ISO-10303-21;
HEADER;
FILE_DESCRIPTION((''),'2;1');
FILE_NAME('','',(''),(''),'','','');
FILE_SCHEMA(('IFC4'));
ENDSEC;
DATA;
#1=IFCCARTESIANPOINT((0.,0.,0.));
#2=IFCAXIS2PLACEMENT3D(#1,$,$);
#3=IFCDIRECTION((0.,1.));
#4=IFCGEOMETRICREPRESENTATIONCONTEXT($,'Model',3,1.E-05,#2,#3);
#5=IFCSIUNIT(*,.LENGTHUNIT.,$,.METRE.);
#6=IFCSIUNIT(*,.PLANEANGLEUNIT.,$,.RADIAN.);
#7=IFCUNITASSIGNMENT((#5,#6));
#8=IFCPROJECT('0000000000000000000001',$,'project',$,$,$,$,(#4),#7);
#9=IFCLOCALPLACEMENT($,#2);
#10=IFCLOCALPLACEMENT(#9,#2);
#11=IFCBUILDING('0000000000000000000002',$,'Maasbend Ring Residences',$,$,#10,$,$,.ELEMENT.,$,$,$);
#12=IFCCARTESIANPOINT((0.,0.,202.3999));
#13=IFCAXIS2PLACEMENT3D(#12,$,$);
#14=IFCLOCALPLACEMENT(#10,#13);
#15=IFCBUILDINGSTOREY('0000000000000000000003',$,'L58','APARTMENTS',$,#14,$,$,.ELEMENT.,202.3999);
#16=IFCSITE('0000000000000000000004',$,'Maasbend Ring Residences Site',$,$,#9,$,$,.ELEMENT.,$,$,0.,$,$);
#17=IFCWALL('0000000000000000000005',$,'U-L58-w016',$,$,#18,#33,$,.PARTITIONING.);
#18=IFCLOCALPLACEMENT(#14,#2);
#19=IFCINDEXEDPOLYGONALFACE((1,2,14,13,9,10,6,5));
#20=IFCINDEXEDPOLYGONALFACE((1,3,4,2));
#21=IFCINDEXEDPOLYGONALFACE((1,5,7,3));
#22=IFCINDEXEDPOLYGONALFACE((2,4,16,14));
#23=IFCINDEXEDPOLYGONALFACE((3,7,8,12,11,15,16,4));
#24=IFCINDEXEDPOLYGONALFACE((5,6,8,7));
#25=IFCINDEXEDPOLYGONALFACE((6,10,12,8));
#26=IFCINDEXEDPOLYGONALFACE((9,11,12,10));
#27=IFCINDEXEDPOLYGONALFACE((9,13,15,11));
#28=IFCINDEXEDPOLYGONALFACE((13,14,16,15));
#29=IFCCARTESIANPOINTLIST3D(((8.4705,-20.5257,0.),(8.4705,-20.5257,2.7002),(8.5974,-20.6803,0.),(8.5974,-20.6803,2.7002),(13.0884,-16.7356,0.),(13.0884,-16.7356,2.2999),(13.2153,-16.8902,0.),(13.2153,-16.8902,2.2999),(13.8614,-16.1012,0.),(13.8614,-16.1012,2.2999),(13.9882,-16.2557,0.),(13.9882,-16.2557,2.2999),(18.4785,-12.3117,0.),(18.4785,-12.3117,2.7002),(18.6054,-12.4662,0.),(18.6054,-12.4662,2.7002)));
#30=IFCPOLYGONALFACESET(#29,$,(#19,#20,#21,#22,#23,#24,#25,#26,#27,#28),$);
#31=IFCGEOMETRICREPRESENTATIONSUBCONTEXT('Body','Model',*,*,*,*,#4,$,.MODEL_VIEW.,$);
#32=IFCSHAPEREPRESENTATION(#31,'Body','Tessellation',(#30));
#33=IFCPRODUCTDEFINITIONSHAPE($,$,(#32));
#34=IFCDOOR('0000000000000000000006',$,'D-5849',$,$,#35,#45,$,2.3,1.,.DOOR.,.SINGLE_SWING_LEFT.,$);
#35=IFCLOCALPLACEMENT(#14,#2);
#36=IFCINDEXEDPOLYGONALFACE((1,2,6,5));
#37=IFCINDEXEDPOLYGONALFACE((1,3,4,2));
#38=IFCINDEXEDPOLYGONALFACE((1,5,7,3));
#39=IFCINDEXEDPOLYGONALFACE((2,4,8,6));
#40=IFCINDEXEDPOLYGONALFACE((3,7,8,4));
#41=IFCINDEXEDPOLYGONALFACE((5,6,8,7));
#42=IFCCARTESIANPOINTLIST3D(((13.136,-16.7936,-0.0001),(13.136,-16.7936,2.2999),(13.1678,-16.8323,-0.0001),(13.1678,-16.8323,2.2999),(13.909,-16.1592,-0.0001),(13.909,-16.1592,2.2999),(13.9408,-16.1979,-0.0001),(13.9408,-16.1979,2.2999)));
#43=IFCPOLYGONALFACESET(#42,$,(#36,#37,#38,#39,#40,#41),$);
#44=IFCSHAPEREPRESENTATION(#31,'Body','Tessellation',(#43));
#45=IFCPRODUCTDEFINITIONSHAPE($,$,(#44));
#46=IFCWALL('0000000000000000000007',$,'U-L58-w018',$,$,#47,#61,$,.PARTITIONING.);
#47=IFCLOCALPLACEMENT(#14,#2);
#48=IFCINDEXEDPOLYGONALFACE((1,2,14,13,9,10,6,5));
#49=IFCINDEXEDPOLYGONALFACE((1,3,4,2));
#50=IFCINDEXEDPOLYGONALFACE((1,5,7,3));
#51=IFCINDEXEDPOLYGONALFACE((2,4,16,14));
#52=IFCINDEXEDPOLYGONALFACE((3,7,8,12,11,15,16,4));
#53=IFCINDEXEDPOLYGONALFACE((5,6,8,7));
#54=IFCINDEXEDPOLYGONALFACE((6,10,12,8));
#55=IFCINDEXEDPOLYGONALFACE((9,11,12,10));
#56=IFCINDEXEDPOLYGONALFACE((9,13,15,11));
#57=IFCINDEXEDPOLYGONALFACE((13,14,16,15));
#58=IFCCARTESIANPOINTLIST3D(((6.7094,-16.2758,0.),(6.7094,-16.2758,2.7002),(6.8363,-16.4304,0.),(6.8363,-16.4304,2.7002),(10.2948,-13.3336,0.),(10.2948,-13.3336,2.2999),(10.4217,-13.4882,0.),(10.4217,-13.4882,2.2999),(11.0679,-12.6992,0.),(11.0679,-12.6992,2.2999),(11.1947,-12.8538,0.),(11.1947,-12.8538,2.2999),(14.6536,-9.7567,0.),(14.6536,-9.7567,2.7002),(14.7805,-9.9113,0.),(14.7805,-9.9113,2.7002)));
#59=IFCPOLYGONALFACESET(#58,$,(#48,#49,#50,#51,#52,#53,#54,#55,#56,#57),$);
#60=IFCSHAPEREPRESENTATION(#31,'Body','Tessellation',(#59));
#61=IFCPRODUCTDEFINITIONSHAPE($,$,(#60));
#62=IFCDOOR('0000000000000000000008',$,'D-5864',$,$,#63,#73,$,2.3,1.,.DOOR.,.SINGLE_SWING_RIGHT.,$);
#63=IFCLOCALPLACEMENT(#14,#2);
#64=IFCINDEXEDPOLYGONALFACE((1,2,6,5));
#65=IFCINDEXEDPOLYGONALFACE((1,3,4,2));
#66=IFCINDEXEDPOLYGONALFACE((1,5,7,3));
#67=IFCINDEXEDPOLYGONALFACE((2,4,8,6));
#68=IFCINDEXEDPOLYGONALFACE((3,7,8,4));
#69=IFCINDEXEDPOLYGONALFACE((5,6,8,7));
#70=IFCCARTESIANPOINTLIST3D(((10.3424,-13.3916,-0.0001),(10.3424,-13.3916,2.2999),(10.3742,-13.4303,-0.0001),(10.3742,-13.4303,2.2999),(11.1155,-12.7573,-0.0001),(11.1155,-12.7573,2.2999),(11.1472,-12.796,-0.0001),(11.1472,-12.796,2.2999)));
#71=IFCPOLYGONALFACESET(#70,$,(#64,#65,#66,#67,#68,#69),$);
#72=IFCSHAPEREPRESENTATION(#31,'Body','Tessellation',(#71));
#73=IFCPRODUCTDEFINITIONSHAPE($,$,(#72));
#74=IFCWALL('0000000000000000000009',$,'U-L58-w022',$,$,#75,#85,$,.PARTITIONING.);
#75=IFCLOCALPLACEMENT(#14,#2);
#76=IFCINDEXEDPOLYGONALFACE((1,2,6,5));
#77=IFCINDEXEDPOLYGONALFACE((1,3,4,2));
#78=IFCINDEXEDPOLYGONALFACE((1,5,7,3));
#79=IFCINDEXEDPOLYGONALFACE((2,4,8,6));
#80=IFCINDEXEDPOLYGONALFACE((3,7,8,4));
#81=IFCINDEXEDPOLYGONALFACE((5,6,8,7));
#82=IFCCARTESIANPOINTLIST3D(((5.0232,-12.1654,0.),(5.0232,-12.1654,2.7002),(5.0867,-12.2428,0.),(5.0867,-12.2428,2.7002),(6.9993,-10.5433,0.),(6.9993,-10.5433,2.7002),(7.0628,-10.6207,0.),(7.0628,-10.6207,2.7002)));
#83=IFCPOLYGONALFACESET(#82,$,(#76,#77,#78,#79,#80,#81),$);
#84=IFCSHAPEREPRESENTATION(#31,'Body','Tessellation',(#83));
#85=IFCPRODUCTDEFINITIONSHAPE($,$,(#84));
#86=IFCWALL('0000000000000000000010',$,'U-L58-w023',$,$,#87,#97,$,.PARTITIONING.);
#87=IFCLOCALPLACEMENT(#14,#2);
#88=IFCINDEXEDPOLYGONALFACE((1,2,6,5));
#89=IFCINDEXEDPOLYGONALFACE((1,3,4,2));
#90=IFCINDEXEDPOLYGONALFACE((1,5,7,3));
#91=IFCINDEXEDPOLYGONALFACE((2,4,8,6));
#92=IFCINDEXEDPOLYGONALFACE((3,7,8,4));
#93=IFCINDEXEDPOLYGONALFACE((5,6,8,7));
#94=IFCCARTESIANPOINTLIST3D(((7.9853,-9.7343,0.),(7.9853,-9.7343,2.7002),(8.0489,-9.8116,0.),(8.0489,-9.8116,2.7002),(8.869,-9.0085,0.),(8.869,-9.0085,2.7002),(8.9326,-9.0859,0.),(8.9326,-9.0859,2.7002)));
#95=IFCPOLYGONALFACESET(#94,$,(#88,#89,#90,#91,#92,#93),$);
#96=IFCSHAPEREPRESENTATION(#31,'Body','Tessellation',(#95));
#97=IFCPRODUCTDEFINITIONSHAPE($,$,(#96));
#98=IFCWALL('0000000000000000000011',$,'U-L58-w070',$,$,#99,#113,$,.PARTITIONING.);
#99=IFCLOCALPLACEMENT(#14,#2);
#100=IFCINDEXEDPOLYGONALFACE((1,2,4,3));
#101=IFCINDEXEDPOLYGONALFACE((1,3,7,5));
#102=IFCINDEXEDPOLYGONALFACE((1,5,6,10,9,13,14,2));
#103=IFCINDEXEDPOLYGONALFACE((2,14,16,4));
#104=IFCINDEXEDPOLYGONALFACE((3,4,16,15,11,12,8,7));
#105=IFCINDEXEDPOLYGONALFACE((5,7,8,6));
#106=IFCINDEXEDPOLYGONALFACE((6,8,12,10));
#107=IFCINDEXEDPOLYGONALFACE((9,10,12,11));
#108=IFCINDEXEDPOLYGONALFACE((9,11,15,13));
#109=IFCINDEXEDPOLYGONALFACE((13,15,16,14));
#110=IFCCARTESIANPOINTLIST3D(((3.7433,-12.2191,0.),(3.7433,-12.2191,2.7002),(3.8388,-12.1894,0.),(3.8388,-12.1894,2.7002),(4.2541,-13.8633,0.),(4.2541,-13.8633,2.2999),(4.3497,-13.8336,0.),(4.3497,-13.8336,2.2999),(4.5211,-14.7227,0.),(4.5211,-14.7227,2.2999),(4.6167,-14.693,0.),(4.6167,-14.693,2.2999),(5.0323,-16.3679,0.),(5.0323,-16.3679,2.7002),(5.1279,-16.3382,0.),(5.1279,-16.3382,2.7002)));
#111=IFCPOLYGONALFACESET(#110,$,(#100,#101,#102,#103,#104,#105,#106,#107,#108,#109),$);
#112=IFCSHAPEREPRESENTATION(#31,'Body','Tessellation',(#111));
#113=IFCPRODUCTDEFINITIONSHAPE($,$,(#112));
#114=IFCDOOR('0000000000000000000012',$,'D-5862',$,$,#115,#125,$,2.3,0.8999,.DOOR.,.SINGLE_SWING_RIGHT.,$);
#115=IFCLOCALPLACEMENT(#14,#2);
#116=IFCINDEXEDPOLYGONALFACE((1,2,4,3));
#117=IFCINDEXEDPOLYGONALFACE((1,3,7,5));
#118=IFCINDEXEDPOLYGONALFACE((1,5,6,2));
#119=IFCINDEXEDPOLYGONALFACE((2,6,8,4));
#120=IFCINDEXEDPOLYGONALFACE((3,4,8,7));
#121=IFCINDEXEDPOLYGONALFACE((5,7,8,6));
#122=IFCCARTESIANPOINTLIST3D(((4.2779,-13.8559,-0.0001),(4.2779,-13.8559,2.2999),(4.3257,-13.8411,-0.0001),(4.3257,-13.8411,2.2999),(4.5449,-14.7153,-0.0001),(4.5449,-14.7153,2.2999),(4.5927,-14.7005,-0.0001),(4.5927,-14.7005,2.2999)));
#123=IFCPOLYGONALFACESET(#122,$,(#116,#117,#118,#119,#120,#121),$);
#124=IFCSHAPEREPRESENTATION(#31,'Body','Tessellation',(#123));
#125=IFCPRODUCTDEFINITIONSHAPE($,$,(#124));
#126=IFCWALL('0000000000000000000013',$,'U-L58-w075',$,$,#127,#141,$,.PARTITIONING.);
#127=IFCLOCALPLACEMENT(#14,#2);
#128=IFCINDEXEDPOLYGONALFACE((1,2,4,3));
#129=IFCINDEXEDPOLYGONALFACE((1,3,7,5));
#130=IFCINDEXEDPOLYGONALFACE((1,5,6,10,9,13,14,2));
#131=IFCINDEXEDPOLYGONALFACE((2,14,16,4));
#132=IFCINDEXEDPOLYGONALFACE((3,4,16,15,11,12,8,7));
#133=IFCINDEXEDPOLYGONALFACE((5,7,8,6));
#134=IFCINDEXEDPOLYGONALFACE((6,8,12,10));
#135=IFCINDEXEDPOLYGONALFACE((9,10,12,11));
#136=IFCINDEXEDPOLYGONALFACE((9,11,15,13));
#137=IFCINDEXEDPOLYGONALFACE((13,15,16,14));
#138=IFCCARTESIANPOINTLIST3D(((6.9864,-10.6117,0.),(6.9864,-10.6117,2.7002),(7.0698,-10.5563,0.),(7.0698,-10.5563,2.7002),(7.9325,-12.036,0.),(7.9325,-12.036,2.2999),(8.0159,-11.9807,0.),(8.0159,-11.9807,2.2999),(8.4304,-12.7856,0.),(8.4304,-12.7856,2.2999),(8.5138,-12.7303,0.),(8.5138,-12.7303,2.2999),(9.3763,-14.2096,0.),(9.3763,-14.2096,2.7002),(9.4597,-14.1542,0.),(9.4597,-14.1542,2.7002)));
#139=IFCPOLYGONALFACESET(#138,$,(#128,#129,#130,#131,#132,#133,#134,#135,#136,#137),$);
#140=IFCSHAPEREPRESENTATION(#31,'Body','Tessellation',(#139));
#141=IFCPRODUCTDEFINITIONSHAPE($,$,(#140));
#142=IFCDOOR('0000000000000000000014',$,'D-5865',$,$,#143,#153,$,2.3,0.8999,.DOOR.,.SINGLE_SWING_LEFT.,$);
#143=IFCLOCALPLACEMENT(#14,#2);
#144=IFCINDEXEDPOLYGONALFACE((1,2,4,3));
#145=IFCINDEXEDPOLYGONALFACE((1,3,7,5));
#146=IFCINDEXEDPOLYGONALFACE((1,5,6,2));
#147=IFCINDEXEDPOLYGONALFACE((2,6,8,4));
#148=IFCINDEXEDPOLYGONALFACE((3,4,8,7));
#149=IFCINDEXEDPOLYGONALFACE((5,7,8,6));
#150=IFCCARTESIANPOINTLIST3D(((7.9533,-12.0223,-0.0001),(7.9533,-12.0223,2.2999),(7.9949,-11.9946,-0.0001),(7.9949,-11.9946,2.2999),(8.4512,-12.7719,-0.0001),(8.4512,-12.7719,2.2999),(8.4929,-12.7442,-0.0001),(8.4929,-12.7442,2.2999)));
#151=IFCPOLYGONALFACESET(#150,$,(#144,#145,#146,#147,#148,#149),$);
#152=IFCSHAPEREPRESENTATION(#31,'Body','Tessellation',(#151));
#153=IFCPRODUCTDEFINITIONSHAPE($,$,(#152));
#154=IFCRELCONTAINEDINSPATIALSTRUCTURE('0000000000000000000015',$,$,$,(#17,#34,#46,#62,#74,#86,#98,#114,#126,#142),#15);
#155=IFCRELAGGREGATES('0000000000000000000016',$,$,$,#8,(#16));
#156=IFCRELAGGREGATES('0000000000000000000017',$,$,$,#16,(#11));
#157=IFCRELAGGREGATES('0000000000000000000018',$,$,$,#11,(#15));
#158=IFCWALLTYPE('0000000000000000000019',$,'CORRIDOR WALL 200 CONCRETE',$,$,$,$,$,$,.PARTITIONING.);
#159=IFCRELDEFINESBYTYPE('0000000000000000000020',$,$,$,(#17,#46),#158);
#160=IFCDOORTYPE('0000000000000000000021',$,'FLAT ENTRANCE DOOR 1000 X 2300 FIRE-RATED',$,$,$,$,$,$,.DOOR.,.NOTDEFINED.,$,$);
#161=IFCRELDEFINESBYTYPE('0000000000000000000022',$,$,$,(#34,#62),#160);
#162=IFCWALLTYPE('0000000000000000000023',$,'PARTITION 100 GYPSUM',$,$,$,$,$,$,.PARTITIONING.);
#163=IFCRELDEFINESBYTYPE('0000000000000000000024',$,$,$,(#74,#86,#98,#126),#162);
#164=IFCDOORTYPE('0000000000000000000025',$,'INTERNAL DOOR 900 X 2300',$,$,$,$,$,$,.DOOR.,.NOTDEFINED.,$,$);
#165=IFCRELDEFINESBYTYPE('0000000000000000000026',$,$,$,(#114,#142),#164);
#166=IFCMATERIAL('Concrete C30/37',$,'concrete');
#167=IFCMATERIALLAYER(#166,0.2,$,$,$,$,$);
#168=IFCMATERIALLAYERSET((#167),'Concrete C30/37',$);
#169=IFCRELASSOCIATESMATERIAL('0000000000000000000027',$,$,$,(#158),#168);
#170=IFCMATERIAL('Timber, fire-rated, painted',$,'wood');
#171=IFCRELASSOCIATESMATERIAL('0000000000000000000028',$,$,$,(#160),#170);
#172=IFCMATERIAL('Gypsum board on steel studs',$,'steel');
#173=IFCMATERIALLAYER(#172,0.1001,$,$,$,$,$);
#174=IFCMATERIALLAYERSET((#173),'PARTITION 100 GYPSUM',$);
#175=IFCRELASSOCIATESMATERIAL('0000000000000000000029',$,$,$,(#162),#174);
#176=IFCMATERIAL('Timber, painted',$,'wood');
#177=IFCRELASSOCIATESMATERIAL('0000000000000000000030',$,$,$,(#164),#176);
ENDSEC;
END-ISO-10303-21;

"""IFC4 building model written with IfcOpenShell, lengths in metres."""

from ifc_helpers import new_model, si_unit, direction, frame, frame_2d, origin, place, context, subcontext, project, spatial, rectangle, extrude, material, layer, layer_set, type_object, element, fill, save


model = new_model("IFC4")

# Units and contexts
model_context = context("Model", 3, precision=1e-05, world=origin(), true_north=direction((0.0, 1.0)))
body_context = subcontext(model_context, "Body", "Model", "MODEL_VIEW")
ifc_project = project(units=[si_unit("LENGTHUNIT", "METRE"), si_unit("PLANEANGLEUNIT", "RADIAN")], contexts=[model_context])

# Site, building, storey
site_placement = place(None, origin())
site = spatial("IfcSite", under=ifc_project, at=site_placement, Name="Maasbend Ring Residences Site", CompositionType="ELEMENT", RefElevation=0.0)
building_placement = place(site_placement, origin())
building = spatial("IfcBuilding", under=site, at=building_placement, Name="Maasbend Ring Residences", CompositionType="ELEMENT")
storey_placement = place(building_placement, frame((0.0, 0.0, 202.3999)))
storey = spatial("IfcBuildingStorey", under=building, at=storey_placement, Name="L58", Description="APARTMENTS", CompositionType="ELEMENT", Elevation=202.3999)

# Walls, openings, doors
ifc_material_1 = material(Name="Concrete C30/37", Category="concrete")
ifc_layer_1 = layer(ifc_material_1, 0.2)
ifc_layer_set_1 = layer_set([ifc_layer_1], Name="Concrete C30/37")
wall_type_1 = type_object("IfcWallType", Name="CORRIDOR WALL 200 CONCRETE", PredefinedType="PARTITIONING", material=ifc_layer_set_1)
wall_1_placement = place(storey_placement, frame((8.5339, -20.603, 0.0), z_axis=(0.0, 0.0, 1.0), x_axis=(0.772984, 0.634426, 0.0)))
wall_1 = element("IfcWall", 1, at=wall_1_placement, inside=storey, type_object=wall_type_1, Name="U-L58-w016", PredefinedType="PARTITIONING", context=body_context, shape_type="SweptSolid", body=[
    extrude(rectangle(XDim=12.9473, YDim=0.2, at=frame_2d((6.4736, 0.0))), origin(), (0.0, 0.0, 1.0), 2.7002),
])
opening_1_placement = place(wall_1_placement, frame((5.9741, 0.0, 0.0)))
opening_1 = element("IfcOpeningElement", 2, at=opening_1_placement, cuts=wall_1, PredefinedType="OPENING", context=body_context, shape_type="SweptSolid", body=[
    extrude(rectangle(XDim=1.0, YDim=2.3, at=frame_2d((0.5, 1.1499))), frame((0.0, 0.1099, 0.0), z_axis=(0.0, -1.0, 0.0), x_axis=(1.0, 0.0, 0.0)), (0.0, 0.0, 1.0), 0.22),
])
ifc_material_2 = material(Name="Timber, fire-rated, painted", Category="wood")
door_type_1 = type_object("IfcDoorType", Name="FLAT ENTRANCE DOOR 1000 X 2300 FIRE-RATED", OperationType="NOTDEFINED", PredefinedType="DOOR", material=ifc_material_2)
door_1_placement = place(opening_1_placement, origin())
door_1 = element("IfcDoor", 3, at=door_1_placement, inside=storey, type_object=door_type_1, Name="D-5849", OperationType="SINGLE_SWING_LEFT", OverallHeight=2.3, OverallWidth=1.0, PredefinedType="DOOR", context=body_context, shape_type="SweptSolid", body=[
    extrude(rectangle(XDim=1.0, YDim=2.3, at=frame_2d((0.5, 1.1499))), frame((0.0, 0.0249, 0.0), z_axis=(0.0, -1.0, 0.0), x_axis=(1.0, 0.0, 0.0)), (0.0, 0.0, 1.0), 0.05),
])
fill(opening_1, door_1)
wall_2_placement = place(storey_placement, frame((6.7729, -16.353, 0.0), z_axis=(0.0, 0.0, 1.0), x_axis=(0.773035, 0.634364, 0.0)))
wall_2 = element("IfcWall", 4, at=wall_2_placement, inside=storey, type_object=wall_type_1, Name="U-L58-w018", PredefinedType="PARTITIONING", context=body_context, shape_type="SweptSolid", body=[
    extrude(rectangle(XDim=10.2766, YDim=0.2, at=frame_2d((5.1382, 0.0))), origin(), (0.0, 0.0, 1.0), 2.7002),
])
opening_2_placement = place(wall_2_placement, frame((4.6379, 0.0, 0.0)))
opening_2 = element("IfcOpeningElement", 5, at=opening_2_placement, cuts=wall_2, PredefinedType="OPENING", context=body_context, shape_type="SweptSolid", body=[
    extrude(rectangle(XDim=1.0, YDim=2.3, at=frame_2d((0.5, 1.1499))), frame((0.0, 0.1099, 0.0), z_axis=(0.0, -1.0, 0.0), x_axis=(1.0, 0.0, 0.0)), (0.0, 0.0, 1.0), 0.22),
])
door_2_placement = place(opening_2_placement, origin())
door_2 = element("IfcDoor", 6, at=door_2_placement, inside=storey, type_object=door_type_1, Name="D-5864", OperationType="SINGLE_SWING_RIGHT", OverallHeight=2.3, OverallWidth=1.0, PredefinedType="DOOR", context=body_context, shape_type="SweptSolid", body=[
    extrude(rectangle(XDim=1.0, YDim=2.3, at=frame_2d((0.5, 1.1499))), frame((0.0, 0.0249, 0.0), z_axis=(0.0, -1.0, 0.0), x_axis=(1.0, 0.0, 0.0)), (0.0, 0.0, 1.0), 0.05),
])
fill(opening_2, door_2)

# Walls
ifc_material_3 = material(Name="Gypsum board on steel studs", Category="steel")
ifc_layer_2 = layer(ifc_material_3, 0.1001)
ifc_layer_set_2 = layer_set([ifc_layer_2], Name="PARTITION 100 GYPSUM")
wall_type_2 = type_object("IfcWallType", Name="PARTITION 100 GYPSUM", PredefinedType="PARTITIONING", material=ifc_layer_set_2)
wall_3_placement = place(storey_placement, frame((5.0549, -12.2041, 0.0), z_axis=(0.0, 0.0, 1.0), x_axis=(0.772944, 0.634475, 0.0)))
element("IfcWall", 7, at=wall_3_placement, inside=storey, type_object=wall_type_2, Name="U-L58-w022", PredefinedType="PARTITIONING", context=body_context, shape_type="SweptSolid", body=[
    extrude(rectangle(XDim=2.5566, YDim=0.1001, at=frame_2d((1.2783, 0.0))), origin(), (0.0, 0.0, 1.0), 2.7002),
])
wall_4_placement = place(storey_placement, frame((8.0171, -9.7729, 0.0), z_axis=(0.0, 0.0, 1.0), x_axis=(0.772786, 0.634667, 0.0)))
element("IfcWall", 8, at=wall_4_placement, inside=storey, type_object=wall_type_2, Name="U-L58-w023", PredefinedType="PARTITIONING", context=body_context, shape_type="SweptSolid", body=[
    extrude(rectangle(XDim=1.1436, YDim=0.1001, at=frame_2d((0.5718, 0.0))), origin(), (0.0, 0.0, 1.0), 2.7002),
])

# Walls, openings, doors
wall_5_placement = place(storey_placement, frame((3.791, -12.2041, 0.0), z_axis=(0.0, 0.0, 1.0), x_axis=(0.296707, -0.954969, 0.0)))
wall_5 = element("IfcWall", 9, at=wall_5_placement, inside=storey, type_object=wall_type_2, Name="U-L58-w070", PredefinedType="PARTITIONING", context=body_context, shape_type="SweptSolid", body=[
    extrude(rectangle(XDim=4.3445, YDim=0.1001, at=frame_2d((2.1724, 0.0))), origin(), (0.0, 0.0, 1.0), 2.7002),
])
opening_3_placement = place(wall_5_placement, frame((1.7219, 0.0, 0.0)))
opening_3 = element("IfcOpeningElement", 10, at=opening_3_placement, cuts=wall_5, PredefinedType="OPENING", context=body_context, shape_type="SweptSolid", body=[
    extrude(rectangle(XDim=0.8999, YDim=2.3, at=frame_2d((0.45, 1.1499))), frame((0.0, 0.0601, 0.0), z_axis=(0.0, -1.0, 0.0), x_axis=(1.0, 0.0, 0.0)), (0.0, 0.0, 1.0), 0.1201),
])
ifc_material_4 = material(Name="Timber, painted", Category="wood")
door_type_2 = type_object("IfcDoorType", Name="INTERNAL DOOR 900 X 2300", OperationType="NOTDEFINED", PredefinedType="DOOR", material=ifc_material_4)
door_3_placement = place(opening_3_placement, origin())
door_3 = element("IfcDoor", 11, at=door_3_placement, inside=storey, type_object=door_type_2, Name="D-5862", OperationType="SINGLE_SWING_RIGHT", OverallHeight=2.3, OverallWidth=0.8999, PredefinedType="DOOR", context=body_context, shape_type="SweptSolid", body=[
    extrude(rectangle(XDim=0.8999, YDim=2.3, at=frame_2d((0.45, 1.1499))), frame((0.0, 0.0249, 0.0), z_axis=(0.0, -1.0, 0.0), x_axis=(1.0, 0.0, 0.0)), (0.0, 0.0, 1.0), 0.05),
])
fill(opening_3, door_3)
wall_6_placement = place(storey_placement, frame((7.0281, -10.584, 0.0), z_axis=(0.0, 0.0, 1.0), x_axis=(0.553304, -0.83298, 0.0)))
wall_6 = element("IfcWall", 12, at=wall_6_placement, inside=storey, type_object=wall_type_2, Name="U-L58-w075", PredefinedType="PARTITIONING", context=body_context, shape_type="SweptSolid", body=[
    extrude(rectangle(XDim=4.3193, YDim=0.1001, at=frame_2d((2.1597, 0.0))), origin(), (0.0, 0.0, 1.0), 2.7002),
])
opening_4_placement = place(wall_6_placement, frame((1.71, 0.0, 0.0)))
opening_4 = element("IfcOpeningElement", 13, at=opening_4_placement, cuts=wall_6, PredefinedType="OPENING", context=body_context, shape_type="SweptSolid", body=[
    extrude(rectangle(XDim=0.8999, YDim=2.3, at=frame_2d((0.45, 1.1499))), frame((0.0, 0.0601, 0.0), z_axis=(0.0, -1.0, 0.0), x_axis=(1.0, 0.0, 0.0)), (0.0, 0.0, 1.0), 0.1201),
])
door_4_placement = place(opening_4_placement, origin())
door_4 = element("IfcDoor", 14, at=door_4_placement, inside=storey, type_object=door_type_2, Name="D-5865", OperationType="SINGLE_SWING_LEFT", OverallHeight=2.3, OverallWidth=0.8999, PredefinedType="DOOR", context=body_context, shape_type="SweptSolid", body=[
    extrude(rectangle(XDim=0.8999, YDim=2.3, at=frame_2d((0.45, 1.1499))), frame((0.0, 0.0249, 0.0), z_axis=(0.0, -1.0, 0.0), x_axis=(1.0, 0.0, 0.0)), (0.0, 0.0, 1.0), 0.05),
])
fill(opening_4, door_4)

save(model, "model.ifc")
